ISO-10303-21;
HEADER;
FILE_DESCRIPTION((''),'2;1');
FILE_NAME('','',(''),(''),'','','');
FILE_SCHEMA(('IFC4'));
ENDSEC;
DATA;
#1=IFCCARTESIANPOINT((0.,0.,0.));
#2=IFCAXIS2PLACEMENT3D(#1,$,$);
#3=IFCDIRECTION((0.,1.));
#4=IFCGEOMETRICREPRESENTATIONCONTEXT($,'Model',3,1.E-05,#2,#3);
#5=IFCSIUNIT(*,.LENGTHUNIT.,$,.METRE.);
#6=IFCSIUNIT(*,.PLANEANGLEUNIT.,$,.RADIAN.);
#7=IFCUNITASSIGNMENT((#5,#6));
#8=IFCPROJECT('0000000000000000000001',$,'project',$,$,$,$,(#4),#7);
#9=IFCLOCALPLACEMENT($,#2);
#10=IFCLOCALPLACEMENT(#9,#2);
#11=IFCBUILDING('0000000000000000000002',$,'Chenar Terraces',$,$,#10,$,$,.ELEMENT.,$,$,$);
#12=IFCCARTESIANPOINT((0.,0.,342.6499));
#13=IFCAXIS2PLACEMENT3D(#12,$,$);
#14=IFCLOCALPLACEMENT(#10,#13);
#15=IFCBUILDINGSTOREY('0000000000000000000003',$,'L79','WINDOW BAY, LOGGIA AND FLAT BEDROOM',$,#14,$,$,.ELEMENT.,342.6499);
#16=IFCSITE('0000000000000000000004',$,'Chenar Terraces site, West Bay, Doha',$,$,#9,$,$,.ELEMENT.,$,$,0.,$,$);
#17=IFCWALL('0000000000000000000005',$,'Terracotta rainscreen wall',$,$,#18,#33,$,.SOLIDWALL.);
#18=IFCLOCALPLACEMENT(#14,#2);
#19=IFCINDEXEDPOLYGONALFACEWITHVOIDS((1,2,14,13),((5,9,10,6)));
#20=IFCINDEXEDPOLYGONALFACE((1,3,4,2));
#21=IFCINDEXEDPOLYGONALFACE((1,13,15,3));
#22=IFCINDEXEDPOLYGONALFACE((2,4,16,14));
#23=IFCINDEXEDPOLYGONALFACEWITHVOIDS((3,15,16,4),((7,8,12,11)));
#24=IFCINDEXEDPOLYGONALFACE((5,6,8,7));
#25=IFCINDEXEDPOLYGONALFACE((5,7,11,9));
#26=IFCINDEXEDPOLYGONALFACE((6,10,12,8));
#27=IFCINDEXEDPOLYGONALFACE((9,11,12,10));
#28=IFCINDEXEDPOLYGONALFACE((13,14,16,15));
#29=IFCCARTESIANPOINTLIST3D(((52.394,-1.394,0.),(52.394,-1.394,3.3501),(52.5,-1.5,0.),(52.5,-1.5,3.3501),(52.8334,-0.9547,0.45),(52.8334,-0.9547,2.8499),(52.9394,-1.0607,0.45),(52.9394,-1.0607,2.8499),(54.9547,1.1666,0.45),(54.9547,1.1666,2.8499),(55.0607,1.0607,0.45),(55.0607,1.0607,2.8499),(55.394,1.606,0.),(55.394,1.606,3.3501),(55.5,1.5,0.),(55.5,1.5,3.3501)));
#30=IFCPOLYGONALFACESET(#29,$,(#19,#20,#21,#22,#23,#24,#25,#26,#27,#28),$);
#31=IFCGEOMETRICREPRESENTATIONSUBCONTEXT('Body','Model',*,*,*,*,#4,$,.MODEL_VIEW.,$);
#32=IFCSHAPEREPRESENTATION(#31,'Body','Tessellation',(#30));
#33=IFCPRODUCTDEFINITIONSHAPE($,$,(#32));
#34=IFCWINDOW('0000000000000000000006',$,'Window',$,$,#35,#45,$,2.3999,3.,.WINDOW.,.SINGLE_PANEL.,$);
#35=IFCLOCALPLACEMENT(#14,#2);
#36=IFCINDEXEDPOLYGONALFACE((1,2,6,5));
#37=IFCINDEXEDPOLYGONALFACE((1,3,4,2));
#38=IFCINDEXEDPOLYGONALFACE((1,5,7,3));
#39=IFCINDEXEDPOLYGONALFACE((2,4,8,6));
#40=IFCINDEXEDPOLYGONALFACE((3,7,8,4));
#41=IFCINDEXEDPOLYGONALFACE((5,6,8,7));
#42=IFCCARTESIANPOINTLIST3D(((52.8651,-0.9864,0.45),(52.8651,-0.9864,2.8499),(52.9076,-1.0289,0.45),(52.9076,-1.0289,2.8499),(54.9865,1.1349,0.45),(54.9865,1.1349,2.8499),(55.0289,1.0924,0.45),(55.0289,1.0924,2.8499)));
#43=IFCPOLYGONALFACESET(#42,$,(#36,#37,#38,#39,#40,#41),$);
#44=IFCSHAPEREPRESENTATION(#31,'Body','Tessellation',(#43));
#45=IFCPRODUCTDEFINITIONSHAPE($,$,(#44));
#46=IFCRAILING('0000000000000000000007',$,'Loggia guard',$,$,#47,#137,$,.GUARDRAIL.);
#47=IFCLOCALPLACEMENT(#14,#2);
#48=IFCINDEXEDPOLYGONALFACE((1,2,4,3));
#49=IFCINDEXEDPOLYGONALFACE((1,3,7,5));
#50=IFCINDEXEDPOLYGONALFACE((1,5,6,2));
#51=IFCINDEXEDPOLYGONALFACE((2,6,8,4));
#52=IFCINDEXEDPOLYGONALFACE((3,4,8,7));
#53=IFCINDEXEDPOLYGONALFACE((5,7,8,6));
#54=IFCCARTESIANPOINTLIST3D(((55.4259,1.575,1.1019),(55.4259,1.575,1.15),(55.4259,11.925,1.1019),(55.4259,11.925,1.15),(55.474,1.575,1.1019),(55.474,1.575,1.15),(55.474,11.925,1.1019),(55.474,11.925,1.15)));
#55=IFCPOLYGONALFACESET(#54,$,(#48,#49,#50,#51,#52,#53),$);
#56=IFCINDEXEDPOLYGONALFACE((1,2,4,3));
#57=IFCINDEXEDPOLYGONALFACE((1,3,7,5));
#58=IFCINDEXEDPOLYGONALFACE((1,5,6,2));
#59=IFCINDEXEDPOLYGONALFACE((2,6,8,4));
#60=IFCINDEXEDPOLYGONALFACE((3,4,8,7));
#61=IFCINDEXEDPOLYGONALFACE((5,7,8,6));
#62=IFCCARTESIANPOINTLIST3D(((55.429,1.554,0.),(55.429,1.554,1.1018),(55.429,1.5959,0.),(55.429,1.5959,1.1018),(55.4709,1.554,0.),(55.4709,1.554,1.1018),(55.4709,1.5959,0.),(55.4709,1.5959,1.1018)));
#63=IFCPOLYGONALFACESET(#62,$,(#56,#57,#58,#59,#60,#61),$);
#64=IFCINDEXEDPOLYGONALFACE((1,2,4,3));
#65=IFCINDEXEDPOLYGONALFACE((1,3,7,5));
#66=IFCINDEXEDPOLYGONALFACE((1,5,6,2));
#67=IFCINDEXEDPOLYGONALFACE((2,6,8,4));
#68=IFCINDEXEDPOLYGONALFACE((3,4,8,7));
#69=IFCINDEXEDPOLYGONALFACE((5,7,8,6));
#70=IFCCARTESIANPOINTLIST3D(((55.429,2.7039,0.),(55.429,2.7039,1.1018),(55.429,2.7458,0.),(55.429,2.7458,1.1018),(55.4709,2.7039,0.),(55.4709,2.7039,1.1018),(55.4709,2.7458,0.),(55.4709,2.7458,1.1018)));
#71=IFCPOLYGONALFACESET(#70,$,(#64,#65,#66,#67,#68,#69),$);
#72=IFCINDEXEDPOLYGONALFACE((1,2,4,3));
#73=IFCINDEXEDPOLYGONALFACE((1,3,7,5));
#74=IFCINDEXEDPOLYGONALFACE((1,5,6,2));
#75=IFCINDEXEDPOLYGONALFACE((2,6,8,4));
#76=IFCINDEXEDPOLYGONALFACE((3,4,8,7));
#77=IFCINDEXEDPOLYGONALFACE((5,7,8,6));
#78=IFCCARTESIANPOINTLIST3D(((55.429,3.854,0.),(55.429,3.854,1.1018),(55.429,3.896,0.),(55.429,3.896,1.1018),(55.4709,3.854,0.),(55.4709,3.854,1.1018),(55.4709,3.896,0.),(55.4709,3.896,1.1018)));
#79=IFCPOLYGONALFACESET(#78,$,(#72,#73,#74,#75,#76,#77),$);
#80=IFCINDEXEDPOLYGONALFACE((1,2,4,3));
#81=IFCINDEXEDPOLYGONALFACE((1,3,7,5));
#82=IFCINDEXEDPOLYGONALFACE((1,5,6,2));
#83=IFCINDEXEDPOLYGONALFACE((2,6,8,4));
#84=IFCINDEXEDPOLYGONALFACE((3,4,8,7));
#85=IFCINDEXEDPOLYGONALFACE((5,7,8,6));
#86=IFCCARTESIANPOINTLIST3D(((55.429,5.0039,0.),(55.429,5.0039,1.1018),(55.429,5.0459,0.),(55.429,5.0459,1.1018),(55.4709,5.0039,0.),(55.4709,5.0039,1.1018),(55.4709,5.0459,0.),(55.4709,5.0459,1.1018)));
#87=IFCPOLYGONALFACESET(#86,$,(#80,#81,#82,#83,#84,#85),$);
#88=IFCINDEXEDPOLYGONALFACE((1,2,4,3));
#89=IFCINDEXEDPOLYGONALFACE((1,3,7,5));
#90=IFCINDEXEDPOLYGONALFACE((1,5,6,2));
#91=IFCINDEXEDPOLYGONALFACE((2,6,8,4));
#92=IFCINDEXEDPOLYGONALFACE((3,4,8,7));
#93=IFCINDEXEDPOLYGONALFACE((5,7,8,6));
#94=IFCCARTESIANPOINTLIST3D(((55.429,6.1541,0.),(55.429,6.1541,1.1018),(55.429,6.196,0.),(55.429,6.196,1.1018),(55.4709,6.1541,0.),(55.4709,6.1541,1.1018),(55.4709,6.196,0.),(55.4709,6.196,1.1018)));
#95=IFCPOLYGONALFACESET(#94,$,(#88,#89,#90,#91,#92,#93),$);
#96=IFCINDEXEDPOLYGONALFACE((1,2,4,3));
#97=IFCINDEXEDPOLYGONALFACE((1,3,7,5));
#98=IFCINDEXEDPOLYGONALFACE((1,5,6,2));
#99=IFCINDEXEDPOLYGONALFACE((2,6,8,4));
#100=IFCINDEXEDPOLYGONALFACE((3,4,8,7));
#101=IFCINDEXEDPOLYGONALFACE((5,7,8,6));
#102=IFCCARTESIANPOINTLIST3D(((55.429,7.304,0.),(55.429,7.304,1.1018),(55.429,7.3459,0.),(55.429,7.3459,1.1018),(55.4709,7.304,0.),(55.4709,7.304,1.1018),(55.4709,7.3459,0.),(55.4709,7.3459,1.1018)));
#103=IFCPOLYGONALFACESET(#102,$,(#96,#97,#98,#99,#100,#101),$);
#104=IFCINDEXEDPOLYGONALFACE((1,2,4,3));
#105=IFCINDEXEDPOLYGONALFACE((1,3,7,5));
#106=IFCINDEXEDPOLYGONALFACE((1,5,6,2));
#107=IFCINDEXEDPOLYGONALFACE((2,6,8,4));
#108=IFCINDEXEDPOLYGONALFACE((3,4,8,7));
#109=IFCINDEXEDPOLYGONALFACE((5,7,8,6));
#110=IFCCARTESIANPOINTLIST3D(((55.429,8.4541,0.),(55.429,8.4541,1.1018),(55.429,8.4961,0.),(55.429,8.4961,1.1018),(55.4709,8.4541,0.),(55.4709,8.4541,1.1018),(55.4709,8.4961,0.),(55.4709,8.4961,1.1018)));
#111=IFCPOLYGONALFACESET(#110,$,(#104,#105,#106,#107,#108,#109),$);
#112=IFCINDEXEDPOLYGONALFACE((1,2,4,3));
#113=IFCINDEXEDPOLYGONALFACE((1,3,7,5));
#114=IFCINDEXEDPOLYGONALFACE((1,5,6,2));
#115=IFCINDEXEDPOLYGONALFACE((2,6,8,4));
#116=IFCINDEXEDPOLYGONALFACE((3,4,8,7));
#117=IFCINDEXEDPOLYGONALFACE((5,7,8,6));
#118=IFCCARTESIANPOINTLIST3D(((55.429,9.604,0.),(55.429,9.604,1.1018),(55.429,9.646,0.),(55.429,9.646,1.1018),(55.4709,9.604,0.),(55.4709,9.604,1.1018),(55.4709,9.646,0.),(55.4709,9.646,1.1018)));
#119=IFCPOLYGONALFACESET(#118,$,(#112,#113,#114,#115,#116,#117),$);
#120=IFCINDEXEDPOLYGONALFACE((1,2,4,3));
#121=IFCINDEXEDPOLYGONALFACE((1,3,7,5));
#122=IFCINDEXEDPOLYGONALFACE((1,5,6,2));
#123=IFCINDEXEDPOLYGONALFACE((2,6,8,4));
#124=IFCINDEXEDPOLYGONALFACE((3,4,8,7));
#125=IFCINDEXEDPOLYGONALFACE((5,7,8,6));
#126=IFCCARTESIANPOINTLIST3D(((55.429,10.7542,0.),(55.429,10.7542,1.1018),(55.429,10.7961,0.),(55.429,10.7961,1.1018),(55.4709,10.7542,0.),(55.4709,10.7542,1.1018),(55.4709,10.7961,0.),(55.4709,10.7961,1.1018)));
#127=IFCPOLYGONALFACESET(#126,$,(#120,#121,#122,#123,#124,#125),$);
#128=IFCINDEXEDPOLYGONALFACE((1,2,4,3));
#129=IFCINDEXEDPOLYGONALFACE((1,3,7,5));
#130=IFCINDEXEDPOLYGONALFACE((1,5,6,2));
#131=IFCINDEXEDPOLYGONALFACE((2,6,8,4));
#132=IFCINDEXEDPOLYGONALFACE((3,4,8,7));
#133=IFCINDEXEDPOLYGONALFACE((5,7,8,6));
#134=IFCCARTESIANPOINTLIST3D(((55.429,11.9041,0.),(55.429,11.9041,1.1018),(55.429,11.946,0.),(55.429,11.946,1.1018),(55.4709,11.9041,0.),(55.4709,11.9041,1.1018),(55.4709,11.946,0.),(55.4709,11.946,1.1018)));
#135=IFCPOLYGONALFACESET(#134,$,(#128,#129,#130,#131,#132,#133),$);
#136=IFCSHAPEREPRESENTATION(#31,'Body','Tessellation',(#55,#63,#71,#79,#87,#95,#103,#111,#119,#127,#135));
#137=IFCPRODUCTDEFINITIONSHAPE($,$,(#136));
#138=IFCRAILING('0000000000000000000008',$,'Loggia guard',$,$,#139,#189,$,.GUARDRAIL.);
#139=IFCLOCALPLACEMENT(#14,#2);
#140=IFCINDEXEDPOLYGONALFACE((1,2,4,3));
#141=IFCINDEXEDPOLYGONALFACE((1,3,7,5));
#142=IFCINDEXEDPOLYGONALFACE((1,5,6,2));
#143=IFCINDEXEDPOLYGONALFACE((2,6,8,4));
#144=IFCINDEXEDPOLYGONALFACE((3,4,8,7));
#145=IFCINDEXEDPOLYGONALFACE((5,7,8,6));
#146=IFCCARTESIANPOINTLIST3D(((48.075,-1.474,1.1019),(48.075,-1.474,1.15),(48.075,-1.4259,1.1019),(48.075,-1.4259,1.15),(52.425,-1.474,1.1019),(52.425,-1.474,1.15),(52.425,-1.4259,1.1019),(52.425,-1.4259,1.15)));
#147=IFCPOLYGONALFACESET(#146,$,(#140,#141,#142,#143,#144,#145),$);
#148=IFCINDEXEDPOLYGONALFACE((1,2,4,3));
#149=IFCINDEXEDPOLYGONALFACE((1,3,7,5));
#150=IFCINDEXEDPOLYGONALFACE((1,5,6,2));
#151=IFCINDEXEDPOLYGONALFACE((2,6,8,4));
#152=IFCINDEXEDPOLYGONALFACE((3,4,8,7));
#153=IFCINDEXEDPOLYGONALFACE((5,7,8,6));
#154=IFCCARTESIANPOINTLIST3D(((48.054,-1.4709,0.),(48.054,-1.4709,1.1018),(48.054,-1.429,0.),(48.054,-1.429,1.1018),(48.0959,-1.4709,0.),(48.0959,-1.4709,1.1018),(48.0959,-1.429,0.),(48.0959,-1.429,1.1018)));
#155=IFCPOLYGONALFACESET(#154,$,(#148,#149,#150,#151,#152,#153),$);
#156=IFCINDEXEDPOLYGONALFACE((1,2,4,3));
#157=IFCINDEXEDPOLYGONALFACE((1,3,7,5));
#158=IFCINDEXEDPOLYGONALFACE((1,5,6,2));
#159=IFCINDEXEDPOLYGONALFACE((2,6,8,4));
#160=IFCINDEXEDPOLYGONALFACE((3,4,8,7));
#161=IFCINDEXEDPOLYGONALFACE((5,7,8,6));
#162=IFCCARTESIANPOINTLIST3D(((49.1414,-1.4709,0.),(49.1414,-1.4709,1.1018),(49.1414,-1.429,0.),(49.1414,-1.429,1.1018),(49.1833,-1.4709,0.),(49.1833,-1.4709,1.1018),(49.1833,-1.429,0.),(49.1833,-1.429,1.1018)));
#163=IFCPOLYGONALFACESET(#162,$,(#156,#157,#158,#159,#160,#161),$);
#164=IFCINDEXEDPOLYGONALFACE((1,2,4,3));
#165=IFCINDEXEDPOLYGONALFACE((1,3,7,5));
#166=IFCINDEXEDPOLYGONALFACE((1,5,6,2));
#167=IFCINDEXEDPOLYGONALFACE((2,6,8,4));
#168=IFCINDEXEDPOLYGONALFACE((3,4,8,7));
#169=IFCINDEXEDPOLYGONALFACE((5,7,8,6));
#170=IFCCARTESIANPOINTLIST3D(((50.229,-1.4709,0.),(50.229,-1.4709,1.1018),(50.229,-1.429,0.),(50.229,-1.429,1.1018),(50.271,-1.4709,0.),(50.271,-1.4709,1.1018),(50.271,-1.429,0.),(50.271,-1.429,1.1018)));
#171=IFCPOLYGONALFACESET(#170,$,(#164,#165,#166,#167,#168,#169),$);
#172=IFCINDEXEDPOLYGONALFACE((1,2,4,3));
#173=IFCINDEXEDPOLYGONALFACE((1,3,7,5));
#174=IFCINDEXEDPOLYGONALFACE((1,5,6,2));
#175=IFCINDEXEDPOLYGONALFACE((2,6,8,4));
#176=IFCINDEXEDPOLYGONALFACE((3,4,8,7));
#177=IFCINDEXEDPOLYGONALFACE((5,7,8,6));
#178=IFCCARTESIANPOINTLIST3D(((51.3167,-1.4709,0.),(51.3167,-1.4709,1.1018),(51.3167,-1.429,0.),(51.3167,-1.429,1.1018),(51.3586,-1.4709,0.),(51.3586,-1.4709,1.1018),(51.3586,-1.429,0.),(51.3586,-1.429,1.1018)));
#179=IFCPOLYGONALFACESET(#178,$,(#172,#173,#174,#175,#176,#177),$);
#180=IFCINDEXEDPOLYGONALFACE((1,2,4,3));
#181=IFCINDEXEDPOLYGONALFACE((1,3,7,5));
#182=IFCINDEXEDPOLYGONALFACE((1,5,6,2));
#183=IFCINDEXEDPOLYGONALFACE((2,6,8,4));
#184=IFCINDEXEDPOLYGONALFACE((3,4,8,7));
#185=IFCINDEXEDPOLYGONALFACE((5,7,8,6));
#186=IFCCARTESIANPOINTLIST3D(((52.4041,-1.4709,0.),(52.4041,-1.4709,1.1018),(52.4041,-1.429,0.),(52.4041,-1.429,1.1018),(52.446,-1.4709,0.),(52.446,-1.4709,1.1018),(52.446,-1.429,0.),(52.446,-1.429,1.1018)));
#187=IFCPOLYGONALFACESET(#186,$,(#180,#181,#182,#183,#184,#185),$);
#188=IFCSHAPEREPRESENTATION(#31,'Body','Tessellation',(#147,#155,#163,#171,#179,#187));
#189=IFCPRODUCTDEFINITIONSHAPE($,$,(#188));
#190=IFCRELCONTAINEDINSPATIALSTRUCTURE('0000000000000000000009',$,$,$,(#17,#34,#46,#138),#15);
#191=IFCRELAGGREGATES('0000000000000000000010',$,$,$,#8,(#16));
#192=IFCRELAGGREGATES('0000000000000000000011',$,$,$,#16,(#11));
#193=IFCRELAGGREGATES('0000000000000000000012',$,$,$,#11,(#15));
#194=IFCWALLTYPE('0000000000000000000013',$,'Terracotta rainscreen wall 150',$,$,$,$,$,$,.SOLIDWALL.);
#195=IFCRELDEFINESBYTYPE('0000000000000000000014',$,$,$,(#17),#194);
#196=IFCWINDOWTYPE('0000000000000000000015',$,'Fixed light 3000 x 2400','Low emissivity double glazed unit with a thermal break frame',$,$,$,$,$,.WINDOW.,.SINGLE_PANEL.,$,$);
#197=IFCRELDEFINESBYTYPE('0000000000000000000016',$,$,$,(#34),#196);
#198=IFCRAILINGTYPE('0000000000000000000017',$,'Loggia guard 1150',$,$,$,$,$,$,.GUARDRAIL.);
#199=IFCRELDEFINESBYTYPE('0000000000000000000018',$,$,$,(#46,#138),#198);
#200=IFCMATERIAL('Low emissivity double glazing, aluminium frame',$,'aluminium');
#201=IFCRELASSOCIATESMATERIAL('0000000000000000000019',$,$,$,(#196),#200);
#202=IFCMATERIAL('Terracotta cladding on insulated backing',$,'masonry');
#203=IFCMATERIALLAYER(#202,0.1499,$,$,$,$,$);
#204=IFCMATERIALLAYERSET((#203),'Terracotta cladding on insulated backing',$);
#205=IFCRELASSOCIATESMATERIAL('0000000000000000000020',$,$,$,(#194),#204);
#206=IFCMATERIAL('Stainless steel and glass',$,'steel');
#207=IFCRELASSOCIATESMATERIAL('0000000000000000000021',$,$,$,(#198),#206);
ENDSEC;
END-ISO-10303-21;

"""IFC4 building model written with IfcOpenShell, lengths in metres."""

from ifc_helpers import new_model, si_unit, direction, frame, frame_2d, origin, origin_2d, place, context, subcontext, project, spatial, rectangle, extrude, material, layer, layer_set, type_object, element, fill, save


model = new_model("IFC4")

# Units and contexts
model_context = context("Model", 3, precision=1e-05, world=origin(), true_north=direction((0.0, 1.0)))
body_context = subcontext(model_context, "Body", "Model", "MODEL_VIEW")
ifc_project = project(units=[si_unit("LENGTHUNIT", "METRE"), si_unit("PLANEANGLEUNIT", "RADIAN")], contexts=[model_context])

# Site, building, storey
site_placement = place(None, origin())
site = spatial("IfcSite", under=ifc_project, at=site_placement, Name="Chenar Terraces site, West Bay, Doha", CompositionType="ELEMENT", RefElevation=0.0)
building_placement = place(site_placement, origin())
building = spatial("IfcBuilding", under=site, at=building_placement, Name="Chenar Terraces", CompositionType="ELEMENT")
storey_placement = place(building_placement, frame((0.0, 0.0, 342.6499)))
storey = spatial("IfcBuildingStorey", under=building, at=storey_placement, Name="L79", Description="WINDOW BAY, LOGGIA AND FLAT BEDROOM", CompositionType="ELEMENT", Elevation=342.6499)

# Shared definitions
ifc_material_1 = material(Name="Low emissivity double glazing, aluminium frame", Category="aluminium")
window_type_1 = type_object("IfcWindowType", Name="Fixed light 3000 x 2400", Description="Low emissivity double glazed unit with a thermal break frame", PartitioningType="SINGLE_PANEL", PredefinedType="WINDOW", material=ifc_material_1)

# Wall, opening, window
ifc_material_2 = material(Name="Terracotta cladding on insulated backing", Category="masonry")
ifc_layer_1 = layer(ifc_material_2, 0.1499)
ifc_layer_set_1 = layer_set([ifc_layer_1], Name="Terracotta cladding on insulated backing")
wall_type_1 = type_object("IfcWallType", Name="Terracotta rainscreen wall 150", PredefinedType="SOLIDWALL", material=ifc_layer_set_1)
wall_1_placement = place(storey_placement, frame((52.447, -1.447, 0.0), z_axis=(0.0, 0.0, 1.0), x_axis=(0.707107, 0.707107, 0.0)))
wall_1 = element("IfcWall", 1, at=wall_1_placement, inside=storey, type_object=wall_type_1, Name="Terracotta rainscreen wall", PredefinedType="SOLIDWALL", context=body_context, shape_type="SweptSolid", body=[
    extrude(rectangle(XDim=4.2427, YDim=0.1499, at=frame_2d((2.1213, 0.0))), origin(), (0.0, 0.0, 1.0), 3.3501),
])
opening_1_placement = place(wall_1_placement, frame((0.6213, 0.0, 0.45)))
opening_1 = element("IfcOpeningElement", 2, at=opening_1_placement, cuts=wall_1, PredefinedType="OPENING", context=body_context, shape_type="SweptSolid", body=[
    extrude(rectangle(XDim=3.0, YDim=2.3999, at=frame_2d((1.5, 1.2))), frame((0.0, 0.085, 0.0), z_axis=(0.0, -1.0, 0.0), x_axis=(1.0, 0.0, 0.0)), (0.0, 0.0, 1.0), 0.1699),
])
window_1_placement = place(opening_1_placement, origin())
window_1 = element("IfcWindow", 3, at=window_1_placement, inside=storey, type_object=window_type_1, Name="Window", OverallHeight=2.3999, OverallWidth=3.0, PartitioningType="SINGLE_PANEL", PredefinedType="WINDOW", context=body_context, shape_type="SweptSolid", body=[
    extrude(rectangle(XDim=3.0, YDim=2.3999, at=frame_2d((1.5, 1.2))), frame((0.0, 0.03, 0.0), z_axis=(0.0, -1.0, 0.0), x_axis=(1.0, 0.0, 0.0)), (0.0, 0.0, 1.0), 0.0601),
])
fill(opening_1, window_1)

# Railings
ifc_material_3 = material(Name="Stainless steel and glass", Category="steel")
railing_type = type_object("IfcRailingType", Name="Loggia guard 1150", PredefinedType="GUARDRAIL", material=ifc_material_3)
railing_1_placement = place(storey_placement, frame((55.45, 1.575, 0.0)))
element("IfcRailing", 4, at=railing_1_placement, inside=storey, type_object=railing_type, Name="Loggia guard", PredefinedType="GUARDRAIL", context=body_context, shape_type="SweptSolid", body=[
    extrude(rectangle(XDim=0.0481, YDim=0.0481, at=origin_2d()), frame((0.0, 0.0, 1.126), z_axis=(0.0, 1.0, 0.0), x_axis=(-1.0, 0.0, 0.0)), (0.0, 0.0, 1.0), 10.3501),
    extrude(rectangle(XDim=0.042, YDim=0.042, at=origin_2d()), origin(), (0.0, 0.0, 1.0), 1.1018),
    extrude(rectangle(XDim=0.042, YDim=0.042, at=origin_2d()), frame((0.0, 1.1499, 0.0)), (0.0, 0.0, 1.0), 1.1018),
    extrude(rectangle(XDim=0.042, YDim=0.042, at=origin_2d()), frame((0.0, 2.3, 0.0)), (0.0, 0.0, 1.0), 1.1018),
    extrude(rectangle(XDim=0.042, YDim=0.042, at=origin_2d()), frame((0.0, 3.45, 0.0)), (0.0, 0.0, 1.0), 1.1018),
    extrude(rectangle(XDim=0.042, YDim=0.042, at=origin_2d()), frame((0.0, 4.6001, 0.0)), (0.0, 0.0, 1.0), 1.1018),
    extrude(rectangle(XDim=0.042, YDim=0.042, at=origin_2d()), frame((0.0, 5.75, 0.0)), (0.0, 0.0, 1.0), 1.1018),
    extrude(rectangle(XDim=0.042, YDim=0.042, at=origin_2d()), frame((0.0, 6.9001, 0.0)), (0.0, 0.0, 1.0), 1.1018),
    extrude(rectangle(XDim=0.042, YDim=0.042, at=origin_2d()), frame((0.0, 8.05, 0.0)), (0.0, 0.0, 1.0), 1.1018),
    extrude(rectangle(XDim=0.042, YDim=0.042, at=origin_2d()), frame((0.0, 9.2002, 0.0)), (0.0, 0.0, 1.0), 1.1018),
    extrude(rectangle(XDim=0.042, YDim=0.042, at=origin_2d()), frame((0.0, 10.3501, 0.0)), (0.0, 0.0, 1.0), 1.1018),
])
railing_2_placement = place(storey_placement, frame((48.075, -1.45, 0.0)))
element("IfcRailing", 5, at=railing_2_placement, inside=storey, type_object=railing_type, Name="Loggia guard", PredefinedType="GUARDRAIL", context=body_context, shape_type="SweptSolid", body=[
    extrude(rectangle(XDim=0.0481, YDim=0.0481, at=origin_2d()), frame((0.0, 0.0, 1.126), z_axis=(1.0, 0.0, 0.0), x_axis=(0.0, 1.0, 0.0)), (0.0, 0.0, 1.0), 4.3501),
    extrude(rectangle(XDim=0.042, YDim=0.042, at=origin_2d()), origin(), (0.0, 0.0, 1.0), 1.1018),
    extrude(rectangle(XDim=0.042, YDim=0.042, at=origin_2d()), frame((1.0874, 0.0, 0.0)), (0.0, 0.0, 1.0), 1.1018),
    extrude(rectangle(XDim=0.042, YDim=0.042, at=origin_2d()), frame((2.175, 0.0, 0.0)), (0.0, 0.0, 1.0), 1.1018),
    extrude(rectangle(XDim=0.042, YDim=0.042, at=origin_2d()), frame((3.2627, 0.0, 0.0)), (0.0, 0.0, 1.0), 1.1018),
    extrude(rectangle(XDim=0.042, YDim=0.042, at=origin_2d()), frame((4.3501, 0.0, 0.0)), (0.0, 0.0, 1.0), 1.1018),
])

save(model, "model.ifc")
